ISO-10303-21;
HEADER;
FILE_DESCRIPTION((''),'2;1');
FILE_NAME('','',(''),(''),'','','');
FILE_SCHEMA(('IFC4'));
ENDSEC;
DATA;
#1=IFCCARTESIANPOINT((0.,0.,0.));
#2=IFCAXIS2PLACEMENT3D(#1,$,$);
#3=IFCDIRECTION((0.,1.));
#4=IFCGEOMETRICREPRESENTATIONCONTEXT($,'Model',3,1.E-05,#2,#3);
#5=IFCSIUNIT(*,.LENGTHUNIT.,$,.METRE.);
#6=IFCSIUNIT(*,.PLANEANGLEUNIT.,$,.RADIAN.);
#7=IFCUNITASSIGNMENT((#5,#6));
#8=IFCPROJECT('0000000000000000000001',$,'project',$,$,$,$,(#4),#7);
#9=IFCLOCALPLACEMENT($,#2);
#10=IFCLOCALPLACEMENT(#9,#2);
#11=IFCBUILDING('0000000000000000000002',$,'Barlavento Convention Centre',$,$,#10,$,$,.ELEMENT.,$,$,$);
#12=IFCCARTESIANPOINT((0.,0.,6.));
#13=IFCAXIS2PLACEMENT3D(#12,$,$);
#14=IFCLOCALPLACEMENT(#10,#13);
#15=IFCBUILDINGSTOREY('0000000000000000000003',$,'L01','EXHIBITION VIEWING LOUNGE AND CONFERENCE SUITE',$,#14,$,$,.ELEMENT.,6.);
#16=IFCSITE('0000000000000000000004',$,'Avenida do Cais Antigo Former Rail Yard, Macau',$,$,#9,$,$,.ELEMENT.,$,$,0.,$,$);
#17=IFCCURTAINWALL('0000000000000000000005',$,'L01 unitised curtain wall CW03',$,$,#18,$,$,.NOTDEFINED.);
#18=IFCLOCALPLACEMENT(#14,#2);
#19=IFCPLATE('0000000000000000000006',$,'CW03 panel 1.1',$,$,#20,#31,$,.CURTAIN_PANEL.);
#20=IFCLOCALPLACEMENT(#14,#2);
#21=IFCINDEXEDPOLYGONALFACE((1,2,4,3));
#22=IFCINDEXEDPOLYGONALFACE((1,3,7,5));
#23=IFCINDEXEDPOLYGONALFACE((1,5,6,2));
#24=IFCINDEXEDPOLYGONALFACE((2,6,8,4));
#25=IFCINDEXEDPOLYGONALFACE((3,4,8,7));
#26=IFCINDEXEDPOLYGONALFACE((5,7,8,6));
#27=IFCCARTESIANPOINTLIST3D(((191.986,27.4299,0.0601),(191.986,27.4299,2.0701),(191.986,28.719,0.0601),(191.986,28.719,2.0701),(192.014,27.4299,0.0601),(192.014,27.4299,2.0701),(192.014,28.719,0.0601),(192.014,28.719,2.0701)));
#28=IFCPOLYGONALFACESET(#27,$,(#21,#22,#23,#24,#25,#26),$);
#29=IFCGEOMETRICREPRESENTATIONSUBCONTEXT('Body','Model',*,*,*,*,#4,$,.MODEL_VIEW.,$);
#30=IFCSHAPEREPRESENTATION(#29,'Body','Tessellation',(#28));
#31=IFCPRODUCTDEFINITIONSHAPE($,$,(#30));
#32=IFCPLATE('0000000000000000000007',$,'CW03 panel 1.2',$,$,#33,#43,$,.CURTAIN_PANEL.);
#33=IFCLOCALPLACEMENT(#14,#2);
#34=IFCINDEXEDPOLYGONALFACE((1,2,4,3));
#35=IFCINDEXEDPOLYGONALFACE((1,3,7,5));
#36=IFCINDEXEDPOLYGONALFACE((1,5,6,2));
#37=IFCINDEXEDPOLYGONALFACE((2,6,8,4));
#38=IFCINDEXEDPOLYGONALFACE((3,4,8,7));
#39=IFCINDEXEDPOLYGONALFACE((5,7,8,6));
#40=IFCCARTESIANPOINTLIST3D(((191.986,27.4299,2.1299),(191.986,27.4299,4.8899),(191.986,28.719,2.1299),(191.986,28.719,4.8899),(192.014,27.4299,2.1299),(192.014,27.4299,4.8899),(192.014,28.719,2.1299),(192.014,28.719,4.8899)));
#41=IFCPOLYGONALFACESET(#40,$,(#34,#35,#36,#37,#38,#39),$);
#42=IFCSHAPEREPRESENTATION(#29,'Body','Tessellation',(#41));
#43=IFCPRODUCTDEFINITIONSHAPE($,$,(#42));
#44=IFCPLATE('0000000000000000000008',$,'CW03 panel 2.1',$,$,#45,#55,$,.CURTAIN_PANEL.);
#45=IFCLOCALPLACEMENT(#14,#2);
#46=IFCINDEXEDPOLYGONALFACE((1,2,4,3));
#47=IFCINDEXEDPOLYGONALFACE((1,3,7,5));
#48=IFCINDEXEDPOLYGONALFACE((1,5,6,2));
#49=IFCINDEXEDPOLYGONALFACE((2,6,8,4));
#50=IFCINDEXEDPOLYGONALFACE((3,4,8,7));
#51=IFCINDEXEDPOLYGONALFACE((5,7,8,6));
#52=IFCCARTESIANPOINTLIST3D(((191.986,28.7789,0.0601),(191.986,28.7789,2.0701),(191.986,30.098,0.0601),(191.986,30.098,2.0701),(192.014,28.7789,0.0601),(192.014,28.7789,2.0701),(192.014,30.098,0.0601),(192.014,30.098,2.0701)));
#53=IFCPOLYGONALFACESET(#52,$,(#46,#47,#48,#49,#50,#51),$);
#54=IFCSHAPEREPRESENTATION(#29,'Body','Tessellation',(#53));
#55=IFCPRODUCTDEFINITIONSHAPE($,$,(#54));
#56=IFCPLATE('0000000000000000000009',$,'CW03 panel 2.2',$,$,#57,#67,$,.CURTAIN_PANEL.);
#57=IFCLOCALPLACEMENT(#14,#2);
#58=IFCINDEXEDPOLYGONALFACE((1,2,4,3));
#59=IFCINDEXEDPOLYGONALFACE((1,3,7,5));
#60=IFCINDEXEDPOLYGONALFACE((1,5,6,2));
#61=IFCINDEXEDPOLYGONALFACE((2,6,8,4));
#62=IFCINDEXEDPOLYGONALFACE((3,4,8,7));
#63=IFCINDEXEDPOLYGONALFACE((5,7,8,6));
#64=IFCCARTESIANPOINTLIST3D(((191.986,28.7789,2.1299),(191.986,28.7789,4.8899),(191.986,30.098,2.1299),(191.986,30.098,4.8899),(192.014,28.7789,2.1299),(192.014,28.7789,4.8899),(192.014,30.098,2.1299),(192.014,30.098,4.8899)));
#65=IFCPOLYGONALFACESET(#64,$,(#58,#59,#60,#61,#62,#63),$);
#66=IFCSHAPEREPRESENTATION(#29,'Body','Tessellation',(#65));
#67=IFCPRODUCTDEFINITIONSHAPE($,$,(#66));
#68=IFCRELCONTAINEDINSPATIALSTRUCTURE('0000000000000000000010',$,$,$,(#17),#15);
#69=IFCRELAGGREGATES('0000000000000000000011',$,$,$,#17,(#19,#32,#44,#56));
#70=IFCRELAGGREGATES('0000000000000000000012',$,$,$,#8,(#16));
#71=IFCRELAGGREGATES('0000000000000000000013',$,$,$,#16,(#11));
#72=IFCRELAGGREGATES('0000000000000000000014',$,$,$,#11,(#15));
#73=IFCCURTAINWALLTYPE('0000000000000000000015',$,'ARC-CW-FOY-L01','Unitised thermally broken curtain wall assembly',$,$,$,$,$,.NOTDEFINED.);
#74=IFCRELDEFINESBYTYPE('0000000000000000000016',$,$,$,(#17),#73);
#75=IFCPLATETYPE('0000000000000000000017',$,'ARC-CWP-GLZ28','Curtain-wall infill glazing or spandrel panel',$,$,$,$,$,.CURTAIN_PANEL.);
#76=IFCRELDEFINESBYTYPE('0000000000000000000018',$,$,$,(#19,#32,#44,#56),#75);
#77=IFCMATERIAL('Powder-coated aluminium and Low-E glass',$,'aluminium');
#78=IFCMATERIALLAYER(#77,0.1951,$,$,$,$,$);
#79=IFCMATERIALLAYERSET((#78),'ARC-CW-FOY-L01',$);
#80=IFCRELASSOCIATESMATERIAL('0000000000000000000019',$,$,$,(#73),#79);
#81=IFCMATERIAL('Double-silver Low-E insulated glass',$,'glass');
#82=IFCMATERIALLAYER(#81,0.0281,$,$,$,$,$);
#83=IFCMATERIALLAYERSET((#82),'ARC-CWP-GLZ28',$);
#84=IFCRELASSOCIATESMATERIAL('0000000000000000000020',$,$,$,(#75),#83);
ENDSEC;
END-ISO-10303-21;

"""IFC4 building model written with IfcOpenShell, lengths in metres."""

from ifc_helpers import new_model, si_unit, direction, frame, origin, origin_2d, place, context, subcontext, project, spatial, rectangle, extrude, material, layer, layer_set, type_object, element, aggregate, save


model = new_model("IFC4")

# Units and contexts
model_context = context("Model", 3, precision=1e-05, world=origin(), true_north=direction((0.0, 1.0)))
body_context = subcontext(model_context, "Body", "Model", "MODEL_VIEW")
ifc_project = project(units=[si_unit("LENGTHUNIT", "METRE"), si_unit("PLANEANGLEUNIT", "RADIAN")], contexts=[model_context])

# Site, building, storey
site_placement = place(None, origin())
site = spatial("IfcSite", under=ifc_project, at=site_placement, Name="Avenida do Cais Antigo Former Rail Yard, Macau", CompositionType="ELEMENT", RefElevation=0.0)
building_placement = place(site_placement, origin())
building = spatial("IfcBuilding", under=site, at=building_placement, Name="Barlavento Convention Centre", CompositionType="ELEMENT")
storey_placement = place(building_placement, frame((0.0, 0.0, 6.0)))
storey = spatial("IfcBuildingStorey", under=building, at=storey_placement, Name="L01", Description="EXHIBITION VIEWING LOUNGE AND CONFERENCE SUITE", CompositionType="ELEMENT", Elevation=6.0)

# Shared definitions
ifc_material_1 = material(Name="Powder-coated aluminium and Low-E glass", Category="aluminium")
ifc_layer_1 = layer(ifc_material_1, 0.1951)
ifc_layer_set_1 = layer_set([ifc_layer_1], Name="ARC-CW-FOY-L01")
curtain_wall_type = type_object("IfcCurtainWallType", Name="ARC-CW-FOY-L01", Description="Unitised thermally broken curtain wall assembly", PredefinedType="NOTDEFINED", material=ifc_layer_set_1)

# Curtain wall
curtain_wall_1_placement = place(storey_placement, origin())
curtain_wall_1 = element("IfcCurtainWall", 1, at=curtain_wall_1_placement, inside=storey, type_object=curtain_wall_type, Name="L01 unitised curtain wall CW03", PredefinedType="NOTDEFINED")

# Plates
ifc_material_2 = material(Name="Double-silver Low-E insulated glass", Category="glass")
ifc_layer_2 = layer(ifc_material_2, 0.0281)
ifc_layer_set_2 = layer_set([ifc_layer_2], Name="ARC-CWP-GLZ28")
plate_type = type_object("IfcPlateType", Name="ARC-CWP-GLZ28", Description="Curtain-wall infill glazing or spandrel panel", PredefinedType="CURTAIN_PANEL", material=ifc_layer_set_2)
plate_1_placement = place(storey_placement, frame((192.0, 28.0745, 0.0601), z_axis=(0.0, 0.0, 1.0), x_axis=(0.0, 1.0, 0.0)))
plate_1 = element("IfcPlate", 2, at=plate_1_placement, type_object=plate_type, Name="CW03 panel 1.1", PredefinedType="CURTAIN_PANEL", context=body_context, shape_type="SweptSolid", body=[
    extrude(rectangle(XDim=1.2891, YDim=0.0281, at=origin_2d()), origin(), (0.0, 0.0, 1.0), 2.01),
])
plate_2_placement = place(storey_placement, frame((192.0, 28.0745, 2.1299), z_axis=(0.0, 0.0, 1.0), x_axis=(0.0, 1.0, 0.0)))
plate_2 = element("IfcPlate", 3, at=plate_2_placement, type_object=plate_type, Name="CW03 panel 1.2", PredefinedType="CURTAIN_PANEL", context=body_context, shape_type="SweptSolid", body=[
    extrude(rectangle(XDim=1.2891, YDim=0.0281, at=origin_2d()), origin(), (0.0, 0.0, 1.0), 2.76),
])
plate_3_placement = place(storey_placement, frame((192.0, 29.4385, 0.0601), z_axis=(0.0, 0.0, 1.0), x_axis=(0.0, 1.0, 0.0)))
plate_3 = element("IfcPlate", 4, at=plate_3_placement, type_object=plate_type, Name="CW03 panel 2.1", PredefinedType="CURTAIN_PANEL", context=body_context, shape_type="SweptSolid", body=[
    extrude(rectangle(XDim=1.3191, YDim=0.0281, at=origin_2d()), origin(), (0.0, 0.0, 1.0), 2.01),
])
plate_4_placement = place(storey_placement, frame((192.0, 29.4385, 2.1299), z_axis=(0.0, 0.0, 1.0), x_axis=(0.0, 1.0, 0.0)))
plate_4 = element("IfcPlate", 5, at=plate_4_placement, type_object=plate_type, Name="CW03 panel 2.2", PredefinedType="CURTAIN_PANEL", context=body_context, shape_type="SweptSolid", body=[
    extrude(rectangle(XDim=1.3191, YDim=0.0281, at=origin_2d()), origin(), (0.0, 0.0, 1.0), 2.76),
])
aggregate(curtain_wall_1, [plate_1, plate_2, plate_3, plate_4])

save(model, "model.ifc")
